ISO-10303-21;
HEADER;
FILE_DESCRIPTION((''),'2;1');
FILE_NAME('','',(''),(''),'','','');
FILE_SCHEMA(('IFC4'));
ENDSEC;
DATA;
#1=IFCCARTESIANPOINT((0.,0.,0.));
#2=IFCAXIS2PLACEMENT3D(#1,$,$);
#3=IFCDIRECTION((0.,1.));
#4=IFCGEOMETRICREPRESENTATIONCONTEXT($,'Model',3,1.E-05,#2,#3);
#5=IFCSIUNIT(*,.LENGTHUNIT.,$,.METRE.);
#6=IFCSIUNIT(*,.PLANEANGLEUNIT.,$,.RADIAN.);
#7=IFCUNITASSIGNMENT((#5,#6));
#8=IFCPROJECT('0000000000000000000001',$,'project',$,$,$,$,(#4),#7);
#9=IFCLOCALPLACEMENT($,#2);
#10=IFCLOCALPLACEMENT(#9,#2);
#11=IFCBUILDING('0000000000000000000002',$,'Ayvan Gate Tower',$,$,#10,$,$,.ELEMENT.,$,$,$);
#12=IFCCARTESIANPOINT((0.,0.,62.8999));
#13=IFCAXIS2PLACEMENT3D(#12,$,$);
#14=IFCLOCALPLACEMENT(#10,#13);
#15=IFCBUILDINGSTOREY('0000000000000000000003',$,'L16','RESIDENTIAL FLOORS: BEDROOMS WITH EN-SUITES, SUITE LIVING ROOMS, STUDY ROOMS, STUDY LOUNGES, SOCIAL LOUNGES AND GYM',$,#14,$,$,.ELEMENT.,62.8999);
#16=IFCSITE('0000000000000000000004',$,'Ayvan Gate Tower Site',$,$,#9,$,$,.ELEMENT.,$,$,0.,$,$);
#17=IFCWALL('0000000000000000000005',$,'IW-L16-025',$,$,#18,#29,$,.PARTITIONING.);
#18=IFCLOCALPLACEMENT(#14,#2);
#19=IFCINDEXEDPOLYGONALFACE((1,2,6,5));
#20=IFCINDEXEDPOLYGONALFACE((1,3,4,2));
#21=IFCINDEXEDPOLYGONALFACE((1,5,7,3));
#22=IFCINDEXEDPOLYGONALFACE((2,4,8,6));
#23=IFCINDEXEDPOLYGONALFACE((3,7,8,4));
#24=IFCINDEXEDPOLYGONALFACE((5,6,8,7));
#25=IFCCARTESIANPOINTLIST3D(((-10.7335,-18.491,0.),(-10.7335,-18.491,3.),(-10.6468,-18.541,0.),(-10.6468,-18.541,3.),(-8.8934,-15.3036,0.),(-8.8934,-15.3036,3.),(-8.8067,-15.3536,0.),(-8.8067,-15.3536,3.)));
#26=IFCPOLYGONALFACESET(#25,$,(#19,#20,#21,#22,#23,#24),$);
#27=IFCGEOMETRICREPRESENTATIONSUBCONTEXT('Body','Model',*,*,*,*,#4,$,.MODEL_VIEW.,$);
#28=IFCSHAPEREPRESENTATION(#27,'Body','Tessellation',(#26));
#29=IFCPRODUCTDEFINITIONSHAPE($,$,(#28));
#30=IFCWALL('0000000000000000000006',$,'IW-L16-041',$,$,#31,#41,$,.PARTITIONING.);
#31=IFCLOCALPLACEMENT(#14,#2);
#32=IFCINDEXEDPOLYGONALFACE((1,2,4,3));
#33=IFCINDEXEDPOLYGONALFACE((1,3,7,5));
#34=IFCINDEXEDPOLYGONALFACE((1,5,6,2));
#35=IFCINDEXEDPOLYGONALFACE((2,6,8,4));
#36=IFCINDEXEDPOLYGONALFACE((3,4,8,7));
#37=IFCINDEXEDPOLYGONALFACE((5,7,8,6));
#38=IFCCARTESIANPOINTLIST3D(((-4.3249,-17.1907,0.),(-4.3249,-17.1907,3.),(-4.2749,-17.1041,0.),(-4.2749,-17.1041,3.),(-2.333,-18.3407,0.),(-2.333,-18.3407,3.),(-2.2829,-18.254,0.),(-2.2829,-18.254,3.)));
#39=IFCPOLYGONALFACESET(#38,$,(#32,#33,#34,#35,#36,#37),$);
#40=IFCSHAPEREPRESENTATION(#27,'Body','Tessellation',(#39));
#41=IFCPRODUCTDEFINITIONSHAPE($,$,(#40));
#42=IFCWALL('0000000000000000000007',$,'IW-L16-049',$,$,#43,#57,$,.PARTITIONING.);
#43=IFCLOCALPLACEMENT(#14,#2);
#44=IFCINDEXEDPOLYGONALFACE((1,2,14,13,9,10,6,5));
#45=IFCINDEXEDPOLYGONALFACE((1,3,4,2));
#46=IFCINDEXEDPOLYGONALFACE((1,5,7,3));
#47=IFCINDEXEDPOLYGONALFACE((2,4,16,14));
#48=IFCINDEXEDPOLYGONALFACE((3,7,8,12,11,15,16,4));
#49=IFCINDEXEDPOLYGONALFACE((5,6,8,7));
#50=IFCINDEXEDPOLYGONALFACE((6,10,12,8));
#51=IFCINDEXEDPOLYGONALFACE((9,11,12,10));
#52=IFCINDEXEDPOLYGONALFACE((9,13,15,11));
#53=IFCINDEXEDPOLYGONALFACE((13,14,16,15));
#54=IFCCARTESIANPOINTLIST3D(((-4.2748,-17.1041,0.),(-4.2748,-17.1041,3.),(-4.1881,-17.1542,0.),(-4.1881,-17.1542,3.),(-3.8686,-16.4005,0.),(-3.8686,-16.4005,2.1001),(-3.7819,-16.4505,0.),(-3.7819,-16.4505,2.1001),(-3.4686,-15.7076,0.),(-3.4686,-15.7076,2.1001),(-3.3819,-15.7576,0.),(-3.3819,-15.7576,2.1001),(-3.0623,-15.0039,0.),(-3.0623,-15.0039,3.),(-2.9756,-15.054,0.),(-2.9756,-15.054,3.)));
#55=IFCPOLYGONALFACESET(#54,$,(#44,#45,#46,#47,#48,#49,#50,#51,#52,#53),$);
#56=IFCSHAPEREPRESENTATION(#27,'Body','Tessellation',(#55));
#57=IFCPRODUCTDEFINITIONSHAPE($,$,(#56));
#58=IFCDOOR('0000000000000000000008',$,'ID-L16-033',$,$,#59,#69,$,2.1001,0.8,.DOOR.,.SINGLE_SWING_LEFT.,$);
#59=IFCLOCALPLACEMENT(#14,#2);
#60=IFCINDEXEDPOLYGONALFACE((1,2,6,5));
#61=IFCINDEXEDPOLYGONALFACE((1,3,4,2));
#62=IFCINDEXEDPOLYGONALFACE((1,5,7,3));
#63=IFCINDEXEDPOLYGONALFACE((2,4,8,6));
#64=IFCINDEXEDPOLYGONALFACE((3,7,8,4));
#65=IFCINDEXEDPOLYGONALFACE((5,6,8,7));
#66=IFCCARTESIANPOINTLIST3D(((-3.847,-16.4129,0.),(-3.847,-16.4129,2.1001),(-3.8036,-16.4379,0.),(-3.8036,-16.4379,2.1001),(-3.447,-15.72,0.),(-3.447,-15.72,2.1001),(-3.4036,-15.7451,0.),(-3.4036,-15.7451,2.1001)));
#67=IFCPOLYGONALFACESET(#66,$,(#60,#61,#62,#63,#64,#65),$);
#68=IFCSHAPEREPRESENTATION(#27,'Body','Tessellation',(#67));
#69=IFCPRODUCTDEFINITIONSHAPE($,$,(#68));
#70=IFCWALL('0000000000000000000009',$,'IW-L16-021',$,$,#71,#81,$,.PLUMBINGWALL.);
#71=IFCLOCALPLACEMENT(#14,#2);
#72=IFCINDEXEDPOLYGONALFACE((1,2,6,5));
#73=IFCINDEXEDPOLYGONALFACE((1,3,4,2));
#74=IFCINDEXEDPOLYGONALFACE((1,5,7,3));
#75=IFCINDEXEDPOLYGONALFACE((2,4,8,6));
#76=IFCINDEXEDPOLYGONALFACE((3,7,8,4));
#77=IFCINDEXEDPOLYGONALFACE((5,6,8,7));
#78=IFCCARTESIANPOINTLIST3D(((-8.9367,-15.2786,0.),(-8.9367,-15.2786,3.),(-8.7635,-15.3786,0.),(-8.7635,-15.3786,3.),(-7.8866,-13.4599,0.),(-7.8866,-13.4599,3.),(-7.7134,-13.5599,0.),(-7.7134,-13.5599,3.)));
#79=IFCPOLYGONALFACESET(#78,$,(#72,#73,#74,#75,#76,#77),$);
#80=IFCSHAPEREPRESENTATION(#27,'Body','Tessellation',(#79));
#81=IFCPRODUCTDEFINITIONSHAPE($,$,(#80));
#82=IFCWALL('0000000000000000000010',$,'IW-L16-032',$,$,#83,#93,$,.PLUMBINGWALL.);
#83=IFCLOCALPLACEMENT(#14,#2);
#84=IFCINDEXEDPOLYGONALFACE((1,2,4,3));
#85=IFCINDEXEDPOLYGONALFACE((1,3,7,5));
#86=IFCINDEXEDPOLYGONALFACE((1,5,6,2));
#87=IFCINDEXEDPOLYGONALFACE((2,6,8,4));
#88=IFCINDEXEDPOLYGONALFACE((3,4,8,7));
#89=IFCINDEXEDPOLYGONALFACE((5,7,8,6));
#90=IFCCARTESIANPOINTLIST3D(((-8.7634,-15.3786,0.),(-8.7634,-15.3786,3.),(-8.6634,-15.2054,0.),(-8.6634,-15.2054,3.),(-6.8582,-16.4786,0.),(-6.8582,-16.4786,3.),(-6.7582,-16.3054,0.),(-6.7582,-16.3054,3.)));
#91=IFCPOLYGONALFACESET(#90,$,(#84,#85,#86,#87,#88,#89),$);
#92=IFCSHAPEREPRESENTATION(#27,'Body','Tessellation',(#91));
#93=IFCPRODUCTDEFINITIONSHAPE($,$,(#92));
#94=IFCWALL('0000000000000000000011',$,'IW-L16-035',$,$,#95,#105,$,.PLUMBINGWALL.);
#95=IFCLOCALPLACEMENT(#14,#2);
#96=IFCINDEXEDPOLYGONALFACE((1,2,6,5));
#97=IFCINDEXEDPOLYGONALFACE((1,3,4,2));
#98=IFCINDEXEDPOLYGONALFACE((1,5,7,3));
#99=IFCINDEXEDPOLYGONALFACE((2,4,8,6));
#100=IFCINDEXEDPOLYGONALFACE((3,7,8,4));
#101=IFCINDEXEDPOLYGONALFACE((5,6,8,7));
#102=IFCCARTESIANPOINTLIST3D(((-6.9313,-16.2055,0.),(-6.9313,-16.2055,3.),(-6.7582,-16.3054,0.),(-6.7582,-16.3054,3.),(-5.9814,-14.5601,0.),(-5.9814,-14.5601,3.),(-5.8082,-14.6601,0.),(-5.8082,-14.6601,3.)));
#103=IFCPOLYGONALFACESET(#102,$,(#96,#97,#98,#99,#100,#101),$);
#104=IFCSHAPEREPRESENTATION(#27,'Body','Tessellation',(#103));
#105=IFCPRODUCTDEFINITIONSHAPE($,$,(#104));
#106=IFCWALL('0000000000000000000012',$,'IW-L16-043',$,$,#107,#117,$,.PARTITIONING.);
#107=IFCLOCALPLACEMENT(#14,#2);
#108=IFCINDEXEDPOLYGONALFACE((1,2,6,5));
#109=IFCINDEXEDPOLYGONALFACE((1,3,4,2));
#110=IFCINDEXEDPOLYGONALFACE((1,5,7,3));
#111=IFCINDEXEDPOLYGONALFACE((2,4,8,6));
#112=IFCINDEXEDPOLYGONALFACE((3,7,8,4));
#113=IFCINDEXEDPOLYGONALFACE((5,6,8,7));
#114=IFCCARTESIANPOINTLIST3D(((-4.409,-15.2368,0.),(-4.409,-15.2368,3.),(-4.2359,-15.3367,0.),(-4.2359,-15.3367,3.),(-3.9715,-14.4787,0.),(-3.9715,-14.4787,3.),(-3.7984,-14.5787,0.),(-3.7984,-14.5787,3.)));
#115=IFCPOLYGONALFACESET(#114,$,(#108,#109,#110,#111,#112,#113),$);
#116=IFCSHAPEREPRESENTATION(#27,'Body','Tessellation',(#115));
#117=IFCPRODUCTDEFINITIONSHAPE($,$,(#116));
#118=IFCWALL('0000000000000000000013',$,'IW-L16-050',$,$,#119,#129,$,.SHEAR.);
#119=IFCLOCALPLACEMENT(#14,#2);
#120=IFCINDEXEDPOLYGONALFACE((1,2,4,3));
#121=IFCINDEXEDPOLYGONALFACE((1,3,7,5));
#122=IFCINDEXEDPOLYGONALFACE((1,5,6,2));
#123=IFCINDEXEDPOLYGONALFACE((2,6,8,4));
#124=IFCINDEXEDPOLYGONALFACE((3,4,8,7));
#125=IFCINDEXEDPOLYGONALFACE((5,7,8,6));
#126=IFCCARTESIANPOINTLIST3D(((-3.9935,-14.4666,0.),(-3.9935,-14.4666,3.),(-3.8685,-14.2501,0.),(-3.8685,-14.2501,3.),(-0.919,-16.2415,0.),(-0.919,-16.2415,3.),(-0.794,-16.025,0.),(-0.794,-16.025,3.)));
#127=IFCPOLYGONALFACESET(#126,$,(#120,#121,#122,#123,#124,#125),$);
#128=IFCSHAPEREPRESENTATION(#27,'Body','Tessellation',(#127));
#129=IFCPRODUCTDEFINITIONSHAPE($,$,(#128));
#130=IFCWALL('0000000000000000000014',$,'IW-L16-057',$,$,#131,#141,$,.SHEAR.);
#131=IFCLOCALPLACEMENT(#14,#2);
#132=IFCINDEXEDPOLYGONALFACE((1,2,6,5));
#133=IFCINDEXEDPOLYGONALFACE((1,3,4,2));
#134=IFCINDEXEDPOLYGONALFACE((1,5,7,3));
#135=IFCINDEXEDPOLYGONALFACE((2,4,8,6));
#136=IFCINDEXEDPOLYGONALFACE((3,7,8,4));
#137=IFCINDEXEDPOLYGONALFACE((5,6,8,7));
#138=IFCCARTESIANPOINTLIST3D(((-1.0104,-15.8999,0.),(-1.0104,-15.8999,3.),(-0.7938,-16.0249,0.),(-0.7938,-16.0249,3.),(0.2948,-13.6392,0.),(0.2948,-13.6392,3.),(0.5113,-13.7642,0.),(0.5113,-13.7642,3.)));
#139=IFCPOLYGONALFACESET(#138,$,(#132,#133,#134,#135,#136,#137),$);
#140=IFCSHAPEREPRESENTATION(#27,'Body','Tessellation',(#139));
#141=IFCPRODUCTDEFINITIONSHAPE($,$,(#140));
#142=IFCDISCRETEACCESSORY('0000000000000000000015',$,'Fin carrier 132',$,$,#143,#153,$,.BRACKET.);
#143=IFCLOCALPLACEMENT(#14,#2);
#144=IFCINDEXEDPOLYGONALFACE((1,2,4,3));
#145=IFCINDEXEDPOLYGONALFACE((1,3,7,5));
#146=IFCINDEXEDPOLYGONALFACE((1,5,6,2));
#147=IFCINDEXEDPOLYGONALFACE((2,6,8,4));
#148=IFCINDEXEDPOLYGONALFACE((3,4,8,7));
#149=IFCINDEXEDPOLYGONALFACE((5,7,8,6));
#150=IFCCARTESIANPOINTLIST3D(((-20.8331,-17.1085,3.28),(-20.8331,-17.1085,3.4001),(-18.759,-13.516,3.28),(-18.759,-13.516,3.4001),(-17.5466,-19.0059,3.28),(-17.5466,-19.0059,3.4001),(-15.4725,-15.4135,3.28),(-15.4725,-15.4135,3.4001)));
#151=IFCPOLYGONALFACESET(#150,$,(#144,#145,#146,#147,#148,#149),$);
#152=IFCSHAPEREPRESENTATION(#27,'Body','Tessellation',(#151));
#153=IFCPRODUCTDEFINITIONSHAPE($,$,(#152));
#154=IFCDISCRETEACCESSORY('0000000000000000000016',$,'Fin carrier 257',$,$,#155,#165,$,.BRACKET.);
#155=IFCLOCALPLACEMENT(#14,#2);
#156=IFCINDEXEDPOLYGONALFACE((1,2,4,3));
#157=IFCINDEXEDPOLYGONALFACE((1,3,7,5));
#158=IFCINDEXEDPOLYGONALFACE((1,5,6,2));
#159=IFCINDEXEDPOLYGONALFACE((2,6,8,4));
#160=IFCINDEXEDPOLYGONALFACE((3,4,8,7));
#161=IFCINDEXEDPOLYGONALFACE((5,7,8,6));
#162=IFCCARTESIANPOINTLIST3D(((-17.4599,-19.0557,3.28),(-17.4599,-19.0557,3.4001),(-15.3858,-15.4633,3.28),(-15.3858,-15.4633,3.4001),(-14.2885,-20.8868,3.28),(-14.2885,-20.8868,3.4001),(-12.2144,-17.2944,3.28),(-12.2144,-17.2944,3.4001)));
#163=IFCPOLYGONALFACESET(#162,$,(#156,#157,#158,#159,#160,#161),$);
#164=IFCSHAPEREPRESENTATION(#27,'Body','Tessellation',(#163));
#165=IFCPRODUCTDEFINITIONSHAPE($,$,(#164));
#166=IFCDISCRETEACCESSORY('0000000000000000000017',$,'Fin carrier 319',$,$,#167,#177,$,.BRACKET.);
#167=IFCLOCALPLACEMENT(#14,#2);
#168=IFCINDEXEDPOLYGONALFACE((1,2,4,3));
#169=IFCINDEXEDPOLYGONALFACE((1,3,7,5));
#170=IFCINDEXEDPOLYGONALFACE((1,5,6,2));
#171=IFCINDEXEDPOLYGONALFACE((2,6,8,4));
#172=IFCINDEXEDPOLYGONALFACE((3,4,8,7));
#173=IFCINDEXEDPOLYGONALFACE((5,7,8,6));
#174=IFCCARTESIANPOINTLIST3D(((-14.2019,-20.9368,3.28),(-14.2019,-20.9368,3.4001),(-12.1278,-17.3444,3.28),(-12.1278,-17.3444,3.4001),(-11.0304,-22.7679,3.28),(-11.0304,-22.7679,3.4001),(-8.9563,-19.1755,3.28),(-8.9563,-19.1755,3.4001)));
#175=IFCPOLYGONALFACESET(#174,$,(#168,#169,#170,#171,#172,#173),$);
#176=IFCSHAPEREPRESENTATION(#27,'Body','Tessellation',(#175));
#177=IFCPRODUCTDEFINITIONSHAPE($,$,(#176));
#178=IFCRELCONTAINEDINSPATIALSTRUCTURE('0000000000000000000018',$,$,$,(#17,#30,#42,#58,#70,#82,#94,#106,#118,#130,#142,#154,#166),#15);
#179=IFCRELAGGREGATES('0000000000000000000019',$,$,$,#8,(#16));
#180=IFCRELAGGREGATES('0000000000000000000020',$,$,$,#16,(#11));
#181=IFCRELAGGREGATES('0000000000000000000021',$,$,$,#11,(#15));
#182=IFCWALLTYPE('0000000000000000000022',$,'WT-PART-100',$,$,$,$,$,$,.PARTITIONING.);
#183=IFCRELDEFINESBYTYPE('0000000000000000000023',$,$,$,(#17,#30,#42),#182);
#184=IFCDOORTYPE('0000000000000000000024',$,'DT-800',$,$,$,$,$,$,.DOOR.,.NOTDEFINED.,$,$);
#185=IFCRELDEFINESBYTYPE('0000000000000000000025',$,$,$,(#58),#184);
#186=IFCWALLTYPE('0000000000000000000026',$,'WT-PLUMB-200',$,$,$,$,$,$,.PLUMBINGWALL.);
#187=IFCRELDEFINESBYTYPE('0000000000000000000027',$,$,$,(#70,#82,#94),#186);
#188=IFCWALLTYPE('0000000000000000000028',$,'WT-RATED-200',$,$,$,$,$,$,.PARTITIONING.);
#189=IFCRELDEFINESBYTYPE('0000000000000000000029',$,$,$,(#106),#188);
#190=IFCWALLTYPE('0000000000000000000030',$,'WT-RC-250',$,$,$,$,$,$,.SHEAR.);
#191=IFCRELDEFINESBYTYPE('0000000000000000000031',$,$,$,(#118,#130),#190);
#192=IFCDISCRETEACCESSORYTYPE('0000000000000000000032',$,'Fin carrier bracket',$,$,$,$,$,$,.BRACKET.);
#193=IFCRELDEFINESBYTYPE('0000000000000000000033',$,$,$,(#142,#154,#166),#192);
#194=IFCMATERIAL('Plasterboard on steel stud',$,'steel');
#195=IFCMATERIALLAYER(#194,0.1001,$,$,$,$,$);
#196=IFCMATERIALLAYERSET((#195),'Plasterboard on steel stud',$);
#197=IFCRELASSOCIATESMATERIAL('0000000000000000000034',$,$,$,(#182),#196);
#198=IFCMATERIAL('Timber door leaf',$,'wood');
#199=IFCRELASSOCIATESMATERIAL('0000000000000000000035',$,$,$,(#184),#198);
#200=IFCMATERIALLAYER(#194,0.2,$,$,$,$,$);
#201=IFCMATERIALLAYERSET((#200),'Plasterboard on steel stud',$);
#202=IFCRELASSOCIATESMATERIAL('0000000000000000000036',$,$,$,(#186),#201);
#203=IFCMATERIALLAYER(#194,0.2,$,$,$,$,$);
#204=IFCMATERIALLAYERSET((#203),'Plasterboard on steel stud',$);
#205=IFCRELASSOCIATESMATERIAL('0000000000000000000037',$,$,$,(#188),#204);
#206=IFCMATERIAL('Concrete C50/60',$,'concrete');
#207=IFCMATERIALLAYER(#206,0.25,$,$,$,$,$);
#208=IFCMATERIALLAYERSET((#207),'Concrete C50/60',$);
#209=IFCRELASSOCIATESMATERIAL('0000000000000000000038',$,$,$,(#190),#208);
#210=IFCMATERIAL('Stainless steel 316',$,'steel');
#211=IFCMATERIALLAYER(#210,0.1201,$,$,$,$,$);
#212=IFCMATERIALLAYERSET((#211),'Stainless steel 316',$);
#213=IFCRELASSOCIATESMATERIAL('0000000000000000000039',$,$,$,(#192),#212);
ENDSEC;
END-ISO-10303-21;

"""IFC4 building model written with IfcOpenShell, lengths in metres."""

from ifc_helpers import new_model, si_unit, direction, frame, frame_2d, origin, origin_2d, place, context, subcontext, project, spatial, rectangle, extrude, material, layer, layer_set, type_object, element, fill, save


model = new_model("IFC4")

# Units and contexts
model_context = context("Model", 3, precision=1e-05, world=origin(), true_north=direction((0.0, 1.0)))
body_context = subcontext(model_context, "Body", "Model", "MODEL_VIEW")
ifc_project = project(units=[si_unit("LENGTHUNIT", "METRE"), si_unit("PLANEANGLEUNIT", "RADIAN")], contexts=[model_context])

# Site, building, storey
site_placement = place(None, origin())
site = spatial("IfcSite", under=ifc_project, at=site_placement, Name="Ayvan Gate Tower Site", CompositionType="ELEMENT", RefElevation=0.0)
building_placement = place(site_placement, origin())
building = spatial("IfcBuilding", under=site, at=building_placement, Name="Ayvan Gate Tower", CompositionType="ELEMENT")
storey_placement = place(building_placement, frame((0.0, 0.0, 62.8999)))
storey = spatial("IfcBuildingStorey", under=building, at=storey_placement, Name="L16", Description="RESIDENTIAL FLOORS: BEDROOMS WITH EN-SUITES, SUITE LIVING ROOMS, STUDY ROOMS, STUDY LOUNGES, SOCIAL LOUNGES AND GYM", CompositionType="ELEMENT", Elevation=62.8999)

# Walls
ifc_material_1 = material(Name="Plasterboard on steel stud", Category="steel")
ifc_layer_1 = layer(ifc_material_1, 0.1001)
ifc_layer_set_1 = layer_set([ifc_layer_1], Name="Plasterboard on steel stud")
wall_type_1 = type_object("IfcWallType", Name="WT-PART-100", PredefinedType="PARTITIONING", material=ifc_layer_set_1)
wall_1_placement = place(storey_placement, frame((-10.6902, -18.5161, 0.0), z_axis=(0.0, 0.0, 1.0), x_axis=(0.499956, 0.866051, 0.0)))
element("IfcWall", 1, at=wall_1_placement, inside=storey, type_object=wall_type_1, Name="IW-L16-025", PredefinedType="PARTITIONING", context=body_context, shape_type="SweptSolid", body=[
    extrude(rectangle(XDim=3.6804, YDim=0.1001, at=frame_2d((1.8403, 0.0))), origin(), (0.0, 0.0, 1.0), 3.0),
])
wall_2_placement = place(storey_placement, frame((-4.2998, -17.1475, 0.0), z_axis=(0.0, 0.0, 1.0), x_axis=(0.866053, -0.499952, 0.0)))
element("IfcWall", 2, at=wall_2_placement, inside=storey, type_object=wall_type_1, Name="IW-L16-041", PredefinedType="PARTITIONING", context=body_context, shape_type="SweptSolid", body=[
    extrude(rectangle(XDim=2.3, YDim=0.1001, at=frame_2d((1.1499, 0.0))), origin(), (0.0, 0.0, 1.0), 3.0),
])

# Wall, opening, door
wall_3_placement = place(storey_placement, frame((-3.019, -15.0291, 0.0), z_axis=(0.0, 0.0, 1.0), x_axis=(-0.499972, -0.866041, 0.0)))
wall_3 = element("IfcWall", 3, at=wall_3_placement, inside=storey, type_object=wall_type_1, Name="IW-L16-049", PredefinedType="PARTITIONING", context=body_context, shape_type="SweptSolid", body=[
    extrude(rectangle(XDim=2.425, YDim=0.1001, at=frame_2d((1.2124, 0.0))), origin(), (0.0, 0.0, 1.0), 3.0),
])
opening_placement = place(wall_3_placement, frame((0.8125, 0.0, 0.0)))
opening = element("IfcOpeningElement", 4, at=opening_placement, cuts=wall_3, PredefinedType="OPENING", context=body_context, shape_type="SweptSolid", body=[
    extrude(rectangle(XDim=0.8, YDim=2.1001, at=frame_2d((0.3999, 1.05))), frame((0.0, 0.0601, 0.0), z_axis=(0.0, -1.0, 0.0), x_axis=(1.0, 0.0, 0.0)), (0.0, 0.0, 1.0), 0.1201),
])
ifc_material_2 = material(Name="Timber door leaf", Category="wood")
door_type = type_object("IfcDoorType", Name="DT-800", OperationType="NOTDEFINED", PredefinedType="DOOR", material=ifc_material_2)
door_placement = place(opening_placement, origin())
door = element("IfcDoor", 5, at=door_placement, inside=storey, type_object=door_type, Name="ID-L16-033", OperationType="SINGLE_SWING_LEFT", OverallHeight=2.1001, OverallWidth=0.8, PredefinedType="DOOR", context=body_context, shape_type="SweptSolid", body=[
    extrude(rectangle(XDim=0.8, YDim=2.1001, at=frame_2d((0.3999, 1.05))), frame((0.0, 0.0249, 0.0), z_axis=(0.0, -1.0, 0.0), x_axis=(1.0, 0.0, 0.0)), (0.0, 0.0, 1.0), 0.05),
])
fill(opening, door)

# Walls
ifc_layer_2 = layer(ifc_material_1, 0.2)
ifc_layer_set_2 = layer_set([ifc_layer_2], Name="Plasterboard on steel stud")
wall_type_2 = type_object("IfcWallType", Name="WT-PLUMB-200", PredefinedType="PLUMBINGWALL", material=ifc_layer_set_2)
wall_4_placement = place(storey_placement, frame((-8.8501, -15.3286, 0.0), z_axis=(0.0, 0.0, 1.0), x_axis=(0.500028, 0.866009, 0.0)))
element("IfcWall", 6, at=wall_4_placement, inside=storey, type_object=wall_type_2, Name="IW-L16-021", PredefinedType="PLUMBINGWALL", context=body_context, shape_type="SweptSolid", body=[
    extrude(rectangle(XDim=2.1001, YDim=0.2, at=frame_2d((1.05, 0.0))), origin(), (0.0, 0.0, 1.0), 3.0),
])
wall_5_placement = place(storey_placement, frame((-6.8081, -16.3921, 0.0), z_axis=(0.0, 0.0, 1.0), x_axis=(-0.866008, 0.50003, 0.0)))
element("IfcWall", 7, at=wall_5_placement, inside=storey, type_object=wall_type_2, Name="IW-L16-032", PredefinedType="PLUMBINGWALL", context=body_context, shape_type="SweptSolid", body=[
    extrude(rectangle(XDim=2.2, YDim=0.2, at=frame_2d((1.1001, 0.0))), origin(), (0.0, 0.0, 1.0), 3.0),
])
wall_6_placement = place(storey_placement, frame((-5.8948, -14.6101, 0.0), z_axis=(0.0, 0.0, 1.0), x_axis=(-0.500023, -0.866012, 0.0)))
element("IfcWall", 8, at=wall_6_placement, inside=storey, type_object=wall_type_2, Name="IW-L16-035", PredefinedType="PLUMBINGWALL", context=body_context, shape_type="SweptSolid", body=[
    extrude(rectangle(XDim=1.8999, YDim=0.2, at=frame_2d((0.95, 0.0))), origin(), (0.0, 0.0, 1.0), 3.0),
])
ifc_layer_3 = layer(ifc_material_1, 0.2)
ifc_layer_set_3 = layer_set([ifc_layer_3], Name="Plasterboard on steel stud")
wall_type_3 = type_object("IfcWallType", Name="WT-RATED-200", PredefinedType="PARTITIONING", material=ifc_layer_set_3)
wall_7_placement = place(storey_placement, frame((-3.885, -14.5288, 0.0), z_axis=(0.0, 0.0, 1.0), x_axis=(-0.499859, -0.866107, 0.0)))
element("IfcWall", 9, at=wall_7_placement, inside=storey, type_object=wall_type_3, Name="IW-L16-043", PredefinedType="PARTITIONING", context=body_context, shape_type="SweptSolid", body=[
    extrude(rectangle(XDim=0.8752, YDim=0.2, at=frame_2d((0.4375, 0.0))), origin(), (0.0, 0.0, 1.0), 3.0),
])
ifc_material_3 = material(Name="Concrete C50/60", Category="concrete")
ifc_layer_4 = layer(ifc_material_3, 0.25)
ifc_layer_set_4 = layer_set([ifc_layer_4], Name="Concrete C50/60")
wall_type_4 = type_object("IfcWallType", Name="WT-RC-250", PredefinedType="SHEAR", material=ifc_layer_set_4)
wall_8_placement = place(storey_placement, frame((-3.9309, -14.3584, 0.0), z_axis=(0.0, 0.0, 1.0), x_axis=(0.866042, -0.49997, 0.0)))
element("IfcWall", 10, at=wall_8_placement, inside=storey, type_object=wall_type_4, Name="IW-L16-050", PredefinedType="SHEAR", context=body_context, shape_type="SweptSolid", body=[
    extrude(rectangle(XDim=3.55, YDim=0.25, at=frame_2d((1.7749, 0.0))), origin(), (0.0, 0.0, 1.0), 3.0),
])
wall_9_placement = place(storey_placement, frame((-0.9021, -15.9624, 0.0), z_axis=(0.0, 0.0, 1.0), x_axis=(0.499982, 0.866036, 0.0)))
element("IfcWall", 11, at=wall_9_placement, inside=storey, type_object=wall_type_4, Name="IW-L16-057", PredefinedType="SHEAR", context=body_context, shape_type="SweptSolid", body=[
    extrude(rectangle(XDim=2.6104, YDim=0.25, at=frame_2d((1.3052, 0.0))), origin(), (0.0, 0.0, 1.0), 3.0),
])

# Discrete accessories
ifc_material_4 = material(Name="Stainless steel 316", Category="steel")
ifc_layer_5 = layer(ifc_material_4, 0.1201)
ifc_layer_set_5 = layer_set([ifc_layer_5], Name="Stainless steel 316")
discrete_accessory_type = type_object("IfcDiscreteAccessoryType", Name="Fin carrier bracket", PredefinedType="BRACKET", material=ifc_layer_set_5)
discrete_accessory_placement = place(storey_placement, frame((-18.1528, -16.261, 3.28), z_axis=(0.0, 0.0, 1.0), x_axis=(0.866025, -0.5, 0.0)))
element("IfcDiscreteAccessory", 12, at=discrete_accessory_placement, inside=storey, type_object=discrete_accessory_type, Name="Fin carrier 132", PredefinedType="BRACKET", context=body_context, shape_type="SweptSolid", body=[
    extrude(rectangle(XDim=3.7949, YDim=4.1482, at=origin_2d()), origin(), (0.0, 0.0, 1.0), 0.1201),
])
for number, where, z_axis, x_axis, name in (
    (13, (-14.8372, -18.175, 3.28), (0.0, 0.0, 1.0), (0.866025, -0.5, 0.0), "Fin carrier 257"),
    (14, (-11.5791, -20.0562, 3.28), (0.0, 0.0, 1.0), (0.866025, -0.5, 0.0), "Fin carrier 319"),
):
    element("IfcDiscreteAccessory", number, at=place(storey_placement, frame(where, z_axis=z_axis, x_axis=x_axis)), inside=storey, type_object=discrete_accessory_type, Name=name, PredefinedType="BRACKET", context=body_context, shape_type="SweptSolid", body=[
        extrude(rectangle(XDim=3.6621, YDim=4.1482, at=origin_2d()), origin(), (0.0, 0.0, 1.0), 0.1201),
    ])

save(model, "model.ifc")
